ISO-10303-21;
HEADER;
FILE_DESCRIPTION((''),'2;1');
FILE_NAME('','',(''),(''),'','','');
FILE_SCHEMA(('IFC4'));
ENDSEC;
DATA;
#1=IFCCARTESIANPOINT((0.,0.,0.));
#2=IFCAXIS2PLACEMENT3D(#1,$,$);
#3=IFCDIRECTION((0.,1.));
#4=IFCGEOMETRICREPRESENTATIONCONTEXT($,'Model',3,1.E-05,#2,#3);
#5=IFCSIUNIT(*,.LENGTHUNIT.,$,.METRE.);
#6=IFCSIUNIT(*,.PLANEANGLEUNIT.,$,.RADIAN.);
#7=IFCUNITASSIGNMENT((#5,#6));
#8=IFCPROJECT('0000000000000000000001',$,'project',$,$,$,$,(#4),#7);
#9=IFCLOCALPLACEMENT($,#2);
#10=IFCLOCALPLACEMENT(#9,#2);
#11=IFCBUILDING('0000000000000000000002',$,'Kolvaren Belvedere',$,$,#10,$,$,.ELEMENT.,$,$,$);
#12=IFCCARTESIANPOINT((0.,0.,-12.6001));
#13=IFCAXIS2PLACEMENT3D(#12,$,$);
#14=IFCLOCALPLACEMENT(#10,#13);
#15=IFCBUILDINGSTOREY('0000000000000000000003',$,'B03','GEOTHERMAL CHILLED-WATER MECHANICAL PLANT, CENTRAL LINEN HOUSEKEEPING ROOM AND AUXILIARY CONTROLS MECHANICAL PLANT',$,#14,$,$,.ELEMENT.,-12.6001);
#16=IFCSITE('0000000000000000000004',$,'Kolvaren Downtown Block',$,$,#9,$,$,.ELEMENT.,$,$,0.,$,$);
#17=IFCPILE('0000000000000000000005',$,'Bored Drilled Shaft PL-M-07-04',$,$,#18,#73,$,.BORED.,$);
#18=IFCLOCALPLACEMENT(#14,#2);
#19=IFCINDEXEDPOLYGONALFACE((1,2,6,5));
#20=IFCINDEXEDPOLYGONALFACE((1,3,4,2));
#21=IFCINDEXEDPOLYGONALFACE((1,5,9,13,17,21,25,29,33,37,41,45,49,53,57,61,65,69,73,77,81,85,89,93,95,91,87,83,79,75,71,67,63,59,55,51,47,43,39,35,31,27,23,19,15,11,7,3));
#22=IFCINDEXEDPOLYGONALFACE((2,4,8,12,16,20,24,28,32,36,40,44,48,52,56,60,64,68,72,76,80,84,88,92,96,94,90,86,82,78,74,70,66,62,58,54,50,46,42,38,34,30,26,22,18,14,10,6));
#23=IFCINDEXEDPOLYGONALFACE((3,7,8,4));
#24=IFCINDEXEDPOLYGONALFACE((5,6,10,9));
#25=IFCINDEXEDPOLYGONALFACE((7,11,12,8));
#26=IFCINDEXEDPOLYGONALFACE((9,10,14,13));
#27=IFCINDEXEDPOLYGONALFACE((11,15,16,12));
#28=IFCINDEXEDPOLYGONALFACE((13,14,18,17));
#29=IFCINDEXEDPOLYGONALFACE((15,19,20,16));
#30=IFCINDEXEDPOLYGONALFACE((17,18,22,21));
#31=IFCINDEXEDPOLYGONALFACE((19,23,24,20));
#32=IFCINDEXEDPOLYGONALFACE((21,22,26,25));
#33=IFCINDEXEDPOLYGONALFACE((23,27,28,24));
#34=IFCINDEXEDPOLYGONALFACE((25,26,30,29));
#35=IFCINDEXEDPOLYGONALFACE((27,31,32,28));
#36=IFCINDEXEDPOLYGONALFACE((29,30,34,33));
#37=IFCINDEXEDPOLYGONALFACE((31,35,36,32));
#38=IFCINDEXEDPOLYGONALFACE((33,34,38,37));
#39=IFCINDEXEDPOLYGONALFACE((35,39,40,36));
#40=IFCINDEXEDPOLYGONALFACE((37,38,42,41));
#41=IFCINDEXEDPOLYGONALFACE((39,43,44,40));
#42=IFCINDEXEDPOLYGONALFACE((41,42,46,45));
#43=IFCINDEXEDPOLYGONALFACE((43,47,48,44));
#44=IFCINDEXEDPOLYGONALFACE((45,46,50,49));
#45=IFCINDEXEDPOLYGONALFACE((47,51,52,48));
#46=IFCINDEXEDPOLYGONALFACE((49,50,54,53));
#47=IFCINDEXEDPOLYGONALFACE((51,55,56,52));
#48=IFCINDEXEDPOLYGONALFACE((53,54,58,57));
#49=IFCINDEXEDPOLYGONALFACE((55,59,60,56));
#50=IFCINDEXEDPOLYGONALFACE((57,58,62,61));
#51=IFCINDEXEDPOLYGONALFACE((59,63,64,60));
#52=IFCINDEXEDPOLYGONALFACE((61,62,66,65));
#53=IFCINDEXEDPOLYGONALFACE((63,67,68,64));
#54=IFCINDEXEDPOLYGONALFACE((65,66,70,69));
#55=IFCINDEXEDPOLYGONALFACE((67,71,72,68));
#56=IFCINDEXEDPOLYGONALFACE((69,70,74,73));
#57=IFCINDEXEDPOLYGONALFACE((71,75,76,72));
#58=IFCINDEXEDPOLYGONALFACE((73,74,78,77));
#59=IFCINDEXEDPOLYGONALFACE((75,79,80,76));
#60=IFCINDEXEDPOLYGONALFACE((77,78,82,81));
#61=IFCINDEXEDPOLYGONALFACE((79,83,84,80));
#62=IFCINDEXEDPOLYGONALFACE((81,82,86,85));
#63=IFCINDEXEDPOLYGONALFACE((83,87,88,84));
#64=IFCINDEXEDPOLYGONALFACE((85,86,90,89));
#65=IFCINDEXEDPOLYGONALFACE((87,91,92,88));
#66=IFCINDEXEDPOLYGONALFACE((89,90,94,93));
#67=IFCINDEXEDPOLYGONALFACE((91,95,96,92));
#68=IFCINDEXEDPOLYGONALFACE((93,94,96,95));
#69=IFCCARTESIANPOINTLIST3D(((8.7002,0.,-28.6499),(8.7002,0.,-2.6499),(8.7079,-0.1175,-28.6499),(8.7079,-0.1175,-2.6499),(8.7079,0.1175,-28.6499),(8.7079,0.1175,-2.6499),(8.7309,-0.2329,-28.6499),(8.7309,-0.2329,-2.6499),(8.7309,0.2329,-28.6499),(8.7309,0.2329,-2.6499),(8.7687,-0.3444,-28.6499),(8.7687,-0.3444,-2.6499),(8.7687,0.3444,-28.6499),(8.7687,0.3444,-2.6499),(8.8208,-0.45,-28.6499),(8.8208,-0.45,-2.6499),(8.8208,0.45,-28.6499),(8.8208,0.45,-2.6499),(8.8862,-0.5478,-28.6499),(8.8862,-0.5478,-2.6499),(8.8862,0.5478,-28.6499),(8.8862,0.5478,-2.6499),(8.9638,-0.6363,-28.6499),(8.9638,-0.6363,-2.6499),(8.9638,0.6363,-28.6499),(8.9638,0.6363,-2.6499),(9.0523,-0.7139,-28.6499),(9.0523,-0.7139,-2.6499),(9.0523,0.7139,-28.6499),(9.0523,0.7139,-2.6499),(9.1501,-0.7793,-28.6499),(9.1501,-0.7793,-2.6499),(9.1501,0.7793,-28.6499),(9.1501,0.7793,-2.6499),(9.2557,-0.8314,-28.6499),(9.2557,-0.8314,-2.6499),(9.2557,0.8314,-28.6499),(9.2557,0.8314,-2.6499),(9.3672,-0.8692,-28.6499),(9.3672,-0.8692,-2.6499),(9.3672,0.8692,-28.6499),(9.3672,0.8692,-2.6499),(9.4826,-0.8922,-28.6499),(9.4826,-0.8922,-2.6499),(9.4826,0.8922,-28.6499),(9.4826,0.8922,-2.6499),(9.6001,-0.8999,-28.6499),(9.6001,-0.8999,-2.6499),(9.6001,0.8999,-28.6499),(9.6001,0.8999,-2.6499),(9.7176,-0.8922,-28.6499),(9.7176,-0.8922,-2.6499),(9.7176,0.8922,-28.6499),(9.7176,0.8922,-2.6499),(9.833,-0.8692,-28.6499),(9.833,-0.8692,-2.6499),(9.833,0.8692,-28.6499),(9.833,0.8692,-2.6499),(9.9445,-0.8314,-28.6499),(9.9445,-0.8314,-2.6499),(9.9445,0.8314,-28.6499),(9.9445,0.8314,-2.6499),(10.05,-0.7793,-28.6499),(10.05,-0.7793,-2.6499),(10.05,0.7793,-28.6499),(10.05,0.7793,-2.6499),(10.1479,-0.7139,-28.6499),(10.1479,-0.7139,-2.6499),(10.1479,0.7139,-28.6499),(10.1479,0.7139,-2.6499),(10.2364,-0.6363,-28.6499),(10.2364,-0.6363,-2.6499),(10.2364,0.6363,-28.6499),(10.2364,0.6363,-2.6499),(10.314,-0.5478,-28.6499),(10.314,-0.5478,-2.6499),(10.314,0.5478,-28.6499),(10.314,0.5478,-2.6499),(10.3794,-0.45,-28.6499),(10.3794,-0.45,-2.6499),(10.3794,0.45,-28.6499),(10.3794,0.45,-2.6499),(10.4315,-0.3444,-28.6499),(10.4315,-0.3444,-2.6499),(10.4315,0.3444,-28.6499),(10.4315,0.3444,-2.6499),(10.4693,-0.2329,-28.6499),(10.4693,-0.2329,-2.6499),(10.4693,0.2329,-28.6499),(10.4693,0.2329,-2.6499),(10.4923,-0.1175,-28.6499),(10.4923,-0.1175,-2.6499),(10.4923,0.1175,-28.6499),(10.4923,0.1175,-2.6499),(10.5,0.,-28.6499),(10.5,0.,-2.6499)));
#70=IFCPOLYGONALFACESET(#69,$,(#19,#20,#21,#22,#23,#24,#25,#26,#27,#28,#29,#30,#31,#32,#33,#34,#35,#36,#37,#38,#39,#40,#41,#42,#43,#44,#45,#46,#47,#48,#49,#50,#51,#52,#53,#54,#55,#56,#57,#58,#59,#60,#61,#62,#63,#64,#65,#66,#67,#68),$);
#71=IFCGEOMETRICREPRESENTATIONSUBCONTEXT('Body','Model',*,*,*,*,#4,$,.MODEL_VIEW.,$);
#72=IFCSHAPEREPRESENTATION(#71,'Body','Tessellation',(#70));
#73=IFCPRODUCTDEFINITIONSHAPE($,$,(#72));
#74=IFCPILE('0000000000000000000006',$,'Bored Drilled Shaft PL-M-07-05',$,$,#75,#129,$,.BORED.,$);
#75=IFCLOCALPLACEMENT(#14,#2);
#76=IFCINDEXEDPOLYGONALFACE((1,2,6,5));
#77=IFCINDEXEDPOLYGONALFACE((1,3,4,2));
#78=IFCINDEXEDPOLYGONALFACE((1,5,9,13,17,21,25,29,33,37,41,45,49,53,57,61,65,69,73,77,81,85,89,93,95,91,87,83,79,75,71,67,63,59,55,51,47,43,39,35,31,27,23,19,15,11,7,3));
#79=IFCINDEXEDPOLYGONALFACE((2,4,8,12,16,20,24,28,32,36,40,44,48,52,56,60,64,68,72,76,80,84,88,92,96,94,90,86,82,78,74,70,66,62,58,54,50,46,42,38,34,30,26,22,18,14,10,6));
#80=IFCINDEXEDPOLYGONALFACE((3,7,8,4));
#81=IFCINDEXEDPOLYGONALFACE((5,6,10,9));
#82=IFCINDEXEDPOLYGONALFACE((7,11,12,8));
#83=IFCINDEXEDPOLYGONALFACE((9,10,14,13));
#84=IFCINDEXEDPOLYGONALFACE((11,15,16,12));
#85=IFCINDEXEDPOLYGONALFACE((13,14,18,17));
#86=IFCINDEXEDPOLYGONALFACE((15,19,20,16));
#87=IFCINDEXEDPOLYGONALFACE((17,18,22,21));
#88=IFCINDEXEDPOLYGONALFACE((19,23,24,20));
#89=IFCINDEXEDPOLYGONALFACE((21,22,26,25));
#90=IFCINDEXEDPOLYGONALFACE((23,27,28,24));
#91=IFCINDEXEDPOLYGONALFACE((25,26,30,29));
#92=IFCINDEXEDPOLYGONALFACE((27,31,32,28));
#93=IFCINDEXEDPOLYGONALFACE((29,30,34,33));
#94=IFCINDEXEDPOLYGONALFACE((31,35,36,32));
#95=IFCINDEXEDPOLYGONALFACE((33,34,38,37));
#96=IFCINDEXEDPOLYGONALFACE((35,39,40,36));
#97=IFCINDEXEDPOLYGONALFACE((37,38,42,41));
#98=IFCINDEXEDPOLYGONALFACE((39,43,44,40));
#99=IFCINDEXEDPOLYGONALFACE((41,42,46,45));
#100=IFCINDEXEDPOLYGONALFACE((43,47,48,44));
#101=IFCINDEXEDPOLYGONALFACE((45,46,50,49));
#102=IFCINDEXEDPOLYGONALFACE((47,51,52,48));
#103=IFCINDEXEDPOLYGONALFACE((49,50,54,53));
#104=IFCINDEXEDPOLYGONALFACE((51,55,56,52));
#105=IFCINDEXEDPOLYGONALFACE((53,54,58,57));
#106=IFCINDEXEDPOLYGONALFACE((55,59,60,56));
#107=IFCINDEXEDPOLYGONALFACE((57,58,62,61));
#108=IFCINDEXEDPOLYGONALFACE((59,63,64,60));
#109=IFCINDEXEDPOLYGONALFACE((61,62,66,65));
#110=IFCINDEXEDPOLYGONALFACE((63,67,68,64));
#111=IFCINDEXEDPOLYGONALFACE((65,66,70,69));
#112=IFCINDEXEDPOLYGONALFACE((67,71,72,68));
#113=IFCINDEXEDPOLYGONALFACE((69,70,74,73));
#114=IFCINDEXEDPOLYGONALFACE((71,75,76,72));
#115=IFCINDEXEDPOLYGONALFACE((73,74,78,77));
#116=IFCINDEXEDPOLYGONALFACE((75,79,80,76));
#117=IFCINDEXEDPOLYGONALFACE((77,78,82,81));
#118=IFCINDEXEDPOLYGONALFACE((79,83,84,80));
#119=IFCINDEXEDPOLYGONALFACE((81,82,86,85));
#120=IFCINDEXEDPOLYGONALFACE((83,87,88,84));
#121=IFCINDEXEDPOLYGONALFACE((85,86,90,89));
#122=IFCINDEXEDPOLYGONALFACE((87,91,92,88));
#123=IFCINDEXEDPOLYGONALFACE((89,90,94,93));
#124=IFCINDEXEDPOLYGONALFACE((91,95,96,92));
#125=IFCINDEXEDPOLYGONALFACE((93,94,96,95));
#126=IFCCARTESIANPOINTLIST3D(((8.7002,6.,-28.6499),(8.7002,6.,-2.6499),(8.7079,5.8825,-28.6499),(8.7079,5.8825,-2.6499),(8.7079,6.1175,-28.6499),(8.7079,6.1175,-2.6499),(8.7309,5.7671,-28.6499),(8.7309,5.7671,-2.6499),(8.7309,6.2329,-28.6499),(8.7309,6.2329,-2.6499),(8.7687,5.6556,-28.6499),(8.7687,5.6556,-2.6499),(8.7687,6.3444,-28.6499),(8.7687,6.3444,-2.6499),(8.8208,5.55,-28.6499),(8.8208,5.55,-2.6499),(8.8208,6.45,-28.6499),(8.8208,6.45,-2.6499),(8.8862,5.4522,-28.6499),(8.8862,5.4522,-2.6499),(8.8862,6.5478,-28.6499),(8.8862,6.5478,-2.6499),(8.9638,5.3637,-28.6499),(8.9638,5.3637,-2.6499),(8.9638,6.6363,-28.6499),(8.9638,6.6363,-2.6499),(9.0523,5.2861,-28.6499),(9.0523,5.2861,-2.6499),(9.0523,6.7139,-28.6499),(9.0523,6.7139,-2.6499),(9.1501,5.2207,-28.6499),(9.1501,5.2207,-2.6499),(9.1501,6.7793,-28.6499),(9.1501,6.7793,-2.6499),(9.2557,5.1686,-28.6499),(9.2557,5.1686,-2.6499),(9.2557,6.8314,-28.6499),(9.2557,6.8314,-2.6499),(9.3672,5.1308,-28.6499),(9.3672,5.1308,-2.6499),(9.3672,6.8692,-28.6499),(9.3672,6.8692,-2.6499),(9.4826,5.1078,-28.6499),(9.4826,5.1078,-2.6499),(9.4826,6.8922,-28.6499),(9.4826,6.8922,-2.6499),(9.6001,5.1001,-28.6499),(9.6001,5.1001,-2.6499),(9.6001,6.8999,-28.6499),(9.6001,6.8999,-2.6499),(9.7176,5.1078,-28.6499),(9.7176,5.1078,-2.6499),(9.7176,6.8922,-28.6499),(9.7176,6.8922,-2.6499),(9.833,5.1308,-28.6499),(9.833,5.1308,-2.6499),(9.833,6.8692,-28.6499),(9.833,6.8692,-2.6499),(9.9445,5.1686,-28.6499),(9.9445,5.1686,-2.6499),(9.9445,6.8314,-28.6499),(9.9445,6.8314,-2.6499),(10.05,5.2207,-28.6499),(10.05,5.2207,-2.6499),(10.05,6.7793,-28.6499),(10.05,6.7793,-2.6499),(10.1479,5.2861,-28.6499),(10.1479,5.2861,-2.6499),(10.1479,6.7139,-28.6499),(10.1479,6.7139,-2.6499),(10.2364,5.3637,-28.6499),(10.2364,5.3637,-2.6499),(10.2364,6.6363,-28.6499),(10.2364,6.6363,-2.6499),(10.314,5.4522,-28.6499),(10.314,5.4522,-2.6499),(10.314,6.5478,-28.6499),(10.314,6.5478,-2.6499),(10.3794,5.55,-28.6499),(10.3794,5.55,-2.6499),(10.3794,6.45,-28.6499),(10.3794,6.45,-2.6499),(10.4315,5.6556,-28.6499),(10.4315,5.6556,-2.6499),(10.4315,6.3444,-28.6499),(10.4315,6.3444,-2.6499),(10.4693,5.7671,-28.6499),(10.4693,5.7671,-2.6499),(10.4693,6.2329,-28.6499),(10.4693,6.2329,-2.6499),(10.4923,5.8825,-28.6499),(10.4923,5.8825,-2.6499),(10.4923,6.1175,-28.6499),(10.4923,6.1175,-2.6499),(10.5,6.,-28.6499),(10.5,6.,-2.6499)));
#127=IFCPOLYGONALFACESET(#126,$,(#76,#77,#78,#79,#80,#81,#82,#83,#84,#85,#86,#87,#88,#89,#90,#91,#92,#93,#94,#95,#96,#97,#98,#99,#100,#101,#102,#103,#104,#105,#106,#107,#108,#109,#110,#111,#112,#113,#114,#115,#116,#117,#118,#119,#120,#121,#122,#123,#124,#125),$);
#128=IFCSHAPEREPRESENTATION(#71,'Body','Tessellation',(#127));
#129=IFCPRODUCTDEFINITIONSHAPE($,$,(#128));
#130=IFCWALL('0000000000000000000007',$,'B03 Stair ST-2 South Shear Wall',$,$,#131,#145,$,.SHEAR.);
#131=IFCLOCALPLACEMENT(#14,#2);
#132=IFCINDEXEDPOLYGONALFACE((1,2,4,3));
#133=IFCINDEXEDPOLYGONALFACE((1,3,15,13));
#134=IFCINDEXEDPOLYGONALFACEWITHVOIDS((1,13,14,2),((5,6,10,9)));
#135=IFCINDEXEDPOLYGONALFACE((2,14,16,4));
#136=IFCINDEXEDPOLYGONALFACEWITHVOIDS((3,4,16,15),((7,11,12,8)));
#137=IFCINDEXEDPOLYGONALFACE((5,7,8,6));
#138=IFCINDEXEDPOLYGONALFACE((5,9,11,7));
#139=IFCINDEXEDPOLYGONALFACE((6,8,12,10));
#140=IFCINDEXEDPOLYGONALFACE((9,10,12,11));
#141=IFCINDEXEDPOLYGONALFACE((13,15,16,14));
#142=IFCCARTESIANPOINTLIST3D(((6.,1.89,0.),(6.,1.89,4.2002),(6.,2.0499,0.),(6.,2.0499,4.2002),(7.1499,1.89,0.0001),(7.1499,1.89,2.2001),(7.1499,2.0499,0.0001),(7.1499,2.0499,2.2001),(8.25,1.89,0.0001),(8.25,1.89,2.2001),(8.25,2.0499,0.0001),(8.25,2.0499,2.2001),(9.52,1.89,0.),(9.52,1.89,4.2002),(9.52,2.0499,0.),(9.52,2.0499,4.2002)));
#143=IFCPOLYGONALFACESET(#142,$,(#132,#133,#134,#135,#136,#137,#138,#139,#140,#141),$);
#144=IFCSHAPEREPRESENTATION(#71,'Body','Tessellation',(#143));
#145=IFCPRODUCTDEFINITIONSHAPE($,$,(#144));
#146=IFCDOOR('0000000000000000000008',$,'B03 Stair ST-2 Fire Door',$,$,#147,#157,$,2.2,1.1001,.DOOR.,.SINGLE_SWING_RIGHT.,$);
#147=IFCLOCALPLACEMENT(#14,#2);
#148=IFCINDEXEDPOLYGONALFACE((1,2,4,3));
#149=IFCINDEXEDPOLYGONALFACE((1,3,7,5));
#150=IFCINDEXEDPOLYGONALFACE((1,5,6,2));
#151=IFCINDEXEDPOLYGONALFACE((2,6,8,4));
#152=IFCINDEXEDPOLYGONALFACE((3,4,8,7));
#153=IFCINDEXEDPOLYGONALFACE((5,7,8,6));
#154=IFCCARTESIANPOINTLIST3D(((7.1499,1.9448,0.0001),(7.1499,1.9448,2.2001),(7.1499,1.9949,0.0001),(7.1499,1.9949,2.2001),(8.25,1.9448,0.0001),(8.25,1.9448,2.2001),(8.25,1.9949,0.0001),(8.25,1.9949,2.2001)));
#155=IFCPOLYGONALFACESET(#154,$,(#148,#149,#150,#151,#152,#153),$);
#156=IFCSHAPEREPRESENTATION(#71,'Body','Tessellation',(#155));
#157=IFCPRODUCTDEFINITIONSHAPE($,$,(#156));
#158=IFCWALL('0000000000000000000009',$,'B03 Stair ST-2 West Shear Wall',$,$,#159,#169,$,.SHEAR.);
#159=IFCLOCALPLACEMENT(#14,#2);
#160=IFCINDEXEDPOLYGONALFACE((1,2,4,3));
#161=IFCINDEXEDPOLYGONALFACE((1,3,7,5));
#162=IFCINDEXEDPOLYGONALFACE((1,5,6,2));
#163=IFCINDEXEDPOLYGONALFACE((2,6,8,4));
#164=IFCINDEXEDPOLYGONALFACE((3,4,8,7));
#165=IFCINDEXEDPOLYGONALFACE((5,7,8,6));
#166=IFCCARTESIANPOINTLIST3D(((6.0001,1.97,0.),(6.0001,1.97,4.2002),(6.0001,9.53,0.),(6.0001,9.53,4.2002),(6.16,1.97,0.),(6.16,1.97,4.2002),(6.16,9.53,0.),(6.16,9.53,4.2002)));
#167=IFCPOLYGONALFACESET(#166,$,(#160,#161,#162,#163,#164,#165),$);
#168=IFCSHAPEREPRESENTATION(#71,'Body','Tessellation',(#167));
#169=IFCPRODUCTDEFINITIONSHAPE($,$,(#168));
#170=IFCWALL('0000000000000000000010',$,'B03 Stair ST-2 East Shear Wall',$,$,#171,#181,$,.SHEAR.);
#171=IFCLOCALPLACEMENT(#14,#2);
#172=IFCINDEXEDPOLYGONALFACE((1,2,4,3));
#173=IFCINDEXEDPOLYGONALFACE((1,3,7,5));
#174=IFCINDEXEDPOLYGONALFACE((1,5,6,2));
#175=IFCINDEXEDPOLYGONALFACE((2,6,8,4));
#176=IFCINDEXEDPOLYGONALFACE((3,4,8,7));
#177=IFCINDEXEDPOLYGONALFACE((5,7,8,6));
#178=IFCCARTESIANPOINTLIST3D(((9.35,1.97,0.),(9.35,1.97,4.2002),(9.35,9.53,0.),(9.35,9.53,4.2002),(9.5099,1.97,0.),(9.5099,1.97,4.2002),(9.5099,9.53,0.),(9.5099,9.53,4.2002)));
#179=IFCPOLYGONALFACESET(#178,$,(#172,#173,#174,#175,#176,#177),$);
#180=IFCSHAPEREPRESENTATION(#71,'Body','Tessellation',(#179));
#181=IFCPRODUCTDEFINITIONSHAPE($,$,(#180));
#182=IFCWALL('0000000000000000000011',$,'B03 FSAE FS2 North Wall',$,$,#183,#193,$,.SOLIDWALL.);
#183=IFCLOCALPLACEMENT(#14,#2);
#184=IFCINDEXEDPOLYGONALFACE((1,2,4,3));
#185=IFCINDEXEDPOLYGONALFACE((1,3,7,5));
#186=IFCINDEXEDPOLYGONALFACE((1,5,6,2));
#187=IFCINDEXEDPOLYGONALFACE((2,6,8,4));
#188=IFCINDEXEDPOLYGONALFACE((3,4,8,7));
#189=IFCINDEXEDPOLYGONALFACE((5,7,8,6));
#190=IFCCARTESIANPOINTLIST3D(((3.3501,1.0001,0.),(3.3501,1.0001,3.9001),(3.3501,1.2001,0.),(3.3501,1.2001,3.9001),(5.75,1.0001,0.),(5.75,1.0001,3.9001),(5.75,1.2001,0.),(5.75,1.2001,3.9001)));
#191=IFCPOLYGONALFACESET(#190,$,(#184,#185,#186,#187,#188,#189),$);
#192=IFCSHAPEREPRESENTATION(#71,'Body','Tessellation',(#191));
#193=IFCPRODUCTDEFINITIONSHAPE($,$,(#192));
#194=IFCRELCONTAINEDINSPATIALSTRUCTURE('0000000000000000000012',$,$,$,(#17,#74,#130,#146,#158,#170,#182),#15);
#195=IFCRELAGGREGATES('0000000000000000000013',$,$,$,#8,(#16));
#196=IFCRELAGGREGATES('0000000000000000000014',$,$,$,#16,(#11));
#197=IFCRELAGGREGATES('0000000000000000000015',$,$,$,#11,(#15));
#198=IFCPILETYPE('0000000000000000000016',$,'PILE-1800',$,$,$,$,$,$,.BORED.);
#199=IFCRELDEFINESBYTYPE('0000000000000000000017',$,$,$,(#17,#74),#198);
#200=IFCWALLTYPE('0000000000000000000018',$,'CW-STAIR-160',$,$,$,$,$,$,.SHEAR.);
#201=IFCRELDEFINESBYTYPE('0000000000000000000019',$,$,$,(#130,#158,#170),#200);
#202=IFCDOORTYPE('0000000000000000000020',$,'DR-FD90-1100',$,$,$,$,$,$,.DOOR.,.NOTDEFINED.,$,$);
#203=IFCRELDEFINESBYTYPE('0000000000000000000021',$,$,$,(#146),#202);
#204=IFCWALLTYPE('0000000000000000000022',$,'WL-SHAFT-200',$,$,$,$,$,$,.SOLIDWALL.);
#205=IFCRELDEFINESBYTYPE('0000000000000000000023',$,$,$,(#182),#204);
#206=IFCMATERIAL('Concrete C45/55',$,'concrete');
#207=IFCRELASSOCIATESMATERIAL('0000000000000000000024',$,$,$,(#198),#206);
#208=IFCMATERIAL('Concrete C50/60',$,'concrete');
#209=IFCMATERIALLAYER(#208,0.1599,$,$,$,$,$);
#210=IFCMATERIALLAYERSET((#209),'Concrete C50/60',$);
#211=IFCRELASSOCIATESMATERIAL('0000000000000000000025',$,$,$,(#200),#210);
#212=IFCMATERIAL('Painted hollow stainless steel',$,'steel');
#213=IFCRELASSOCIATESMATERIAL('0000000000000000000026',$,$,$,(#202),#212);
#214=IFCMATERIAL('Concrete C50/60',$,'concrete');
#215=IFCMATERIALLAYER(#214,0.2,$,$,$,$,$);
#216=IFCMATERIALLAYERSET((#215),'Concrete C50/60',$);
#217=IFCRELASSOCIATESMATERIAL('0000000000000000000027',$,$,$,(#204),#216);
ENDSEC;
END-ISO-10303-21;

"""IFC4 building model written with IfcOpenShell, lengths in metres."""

from ifc_helpers import new_model, si_unit, direction, frame, frame_2d, origin, origin_2d, place, context, subcontext, project, spatial, rectangle, circle, extrude, material, layer, layer_set, material_profile, profile_set, type_object, element, fill, save


model = new_model("IFC4")

# Units and contexts
model_context = context("Model", 3, precision=1e-05, world=origin(), true_north=direction((0.0, 1.0)))
body_context = subcontext(model_context, "Body", "Model", "MODEL_VIEW")
ifc_project = project(units=[si_unit("LENGTHUNIT", "METRE"), si_unit("PLANEANGLEUNIT", "RADIAN")], contexts=[model_context])

# Site, building, storey
site_placement = place(None, origin())
site = spatial("IfcSite", under=ifc_project, at=site_placement, Name="Kolvaren Downtown Block", CompositionType="ELEMENT", RefElevation=0.0)
building_placement = place(site_placement, origin())
building = spatial("IfcBuilding", under=site, at=building_placement, Name="Kolvaren Belvedere", CompositionType="ELEMENT")
storey_placement = place(building_placement, frame((0.0, 0.0, -12.6001)))
storey = spatial("IfcBuildingStorey", under=building, at=storey_placement, Name="B03", Description="GEOTHERMAL CHILLED-WATER MECHANICAL PLANT, CENTRAL LINEN HOUSEKEEPING ROOM AND AUXILIARY CONTROLS MECHANICAL PLANT", CompositionType="ELEMENT", Elevation=-12.6001)

# Piles
ifc_material_1 = material(Name="Concrete C45/55", Category="concrete")
ifc_material_profile = material_profile(ifc_material_1, circle(Radius=0.8999, at=origin_2d()), Name="BORED PILE D1800")
ifc_profile_set = profile_set([ifc_material_profile], Name="Concrete C45/55")
pile_type = type_object("IfcPileType", Name="PILE-1800", PredefinedType="BORED", material=ifc_profile_set)
for number, where, z_axis, x_axis, name in (
    (1, (9.6001, 0.0, -2.6499), (0.0, 0.0, -1.0), (1.0, 0.0, 0.0), "Bored Drilled Shaft PL-M-07-04"),
    (2, (9.6001, 6.0, -2.6499), (0.0, 0.0, -1.0), (1.0, 0.0, 0.0), "Bored Drilled Shaft PL-M-07-05"),
):
    element("IfcPile", number, at=place(storey_placement, frame(where, z_axis=z_axis, x_axis=x_axis)), inside=storey, type_object=pile_type, Name=name, PredefinedType="BORED", context=body_context, shape_type="SweptSolid", body=[
        extrude(circle(Radius=0.8999, at=origin_2d()), origin(), (0.0, 0.0, 1.0), 26.0),
    ])

# Wall, opening, door
ifc_material_2 = material(Name="Concrete C50/60", Category="concrete")
ifc_layer_1 = layer(ifc_material_2, 0.1599)
ifc_layer_set_1 = layer_set([ifc_layer_1], Name="Concrete C50/60")
wall_type_1 = type_object("IfcWallType", Name="CW-STAIR-160", PredefinedType="SHEAR", material=ifc_layer_set_1)
wall_1_placement = place(storey_placement, frame((6.0, 1.97, 0.0), z_axis=(0.0, 0.0, 1.0), x_axis=(1.0, 0.0, 0.0)))
wall_1 = element("IfcWall", 3, at=wall_1_placement, inside=storey, type_object=wall_type_1, Name="B03 Stair ST-2 South Shear Wall", PredefinedType="SHEAR", context=body_context, shape_type="SweptSolid", body=[
    extrude(rectangle(XDim=3.52, YDim=0.1599, at=frame_2d((1.76, 0.0))), origin(), (0.0, 0.0, 1.0), 4.2002),
])
opening_1_placement = place(wall_1_placement, frame((1.1499, 0.0, 0.0)))
opening_1 = element("IfcOpeningElement", 4, at=opening_1_placement, cuts=wall_1, PredefinedType="OPENING", context=body_context, shape_type="SweptSolid", body=[
    extrude(rectangle(XDim=1.1001, YDim=2.2, at=frame_2d((0.55, 1.1001))), frame((0.0, 0.0898, 0.0), z_axis=(0.0, -1.0, 0.0), x_axis=(1.0, 0.0, 0.0)), (0.0, 0.0, 1.0), 0.1799),
])
ifc_material_3 = material(Name="Painted hollow stainless steel", Category="steel")
door_type_1 = type_object("IfcDoorType", Name="DR-FD90-1100", OperationType="NOTDEFINED", PredefinedType="DOOR", material=ifc_material_3)
door_1_placement = place(opening_1_placement, origin())
door_1 = element("IfcDoor", 5, at=door_1_placement, inside=storey, type_object=door_type_1, Name="B03 Stair ST-2 Fire Door", OperationType="SINGLE_SWING_RIGHT", OverallHeight=2.2, OverallWidth=1.1001, PredefinedType="DOOR", context=body_context, shape_type="SweptSolid", body=[
    extrude(rectangle(XDim=1.1001, YDim=2.2, at=frame_2d((0.55, 1.1001))), frame((0.0, 0.0249, 0.0), z_axis=(0.0, -1.0, 0.0), x_axis=(1.0, 0.0, 0.0)), (0.0, 0.0, 1.0), 0.05),
])
fill(opening_1, door_1)

# Walls
for number, where, z_axis, x_axis, name in (
    (6, (6.0801, 1.97, 0.0), (0.0, 0.0, 1.0), (0.0, 1.0, 0.0), "B03 Stair ST-2 West Shear Wall"),
    (7, (9.4299, 1.97, 0.0), (0.0, 0.0, 1.0), (0.0, 1.0, 0.0), "B03 Stair ST-2 East Shear Wall"),
):
    element("IfcWall", number, at=place(storey_placement, frame(where, z_axis=z_axis, x_axis=x_axis)), inside=storey, type_object=wall_type_1, Name=name, PredefinedType="SHEAR", context=body_context, shape_type="SweptSolid", body=[
        extrude(rectangle(XDim=7.5601, YDim=0.1599, at=frame_2d((3.78, 0.0))), origin(), (0.0, 0.0, 1.0), 4.2002),
    ])
ifc_material_4 = material(Name="Concrete C50/60", Category="concrete")
ifc_layer_2 = layer(ifc_material_4, 0.2)
ifc_layer_set_2 = layer_set([ifc_layer_2], Name="Concrete C50/60")
wall_type_2 = type_object("IfcWallType", Name="WL-SHAFT-200", PredefinedType="SOLIDWALL", material=ifc_layer_set_2)
wall_2_placement = place(storey_placement, frame((3.3501, 1.1001, 0.0), z_axis=(0.0, 0.0, 1.0), x_axis=(1.0, 0.0, 0.0)))
element("IfcWall", 8, at=wall_2_placement, inside=storey, type_object=wall_type_2, Name="B03 FSAE FS2 North Wall", PredefinedType="SOLIDWALL", context=body_context, shape_type="SweptSolid", body=[
    extrude(rectangle(XDim=2.3999, YDim=0.2, at=frame_2d((1.2, 0.0))), origin(), (0.0, 0.0, 1.0), 3.9001),
])

save(model, "model.ifc")
